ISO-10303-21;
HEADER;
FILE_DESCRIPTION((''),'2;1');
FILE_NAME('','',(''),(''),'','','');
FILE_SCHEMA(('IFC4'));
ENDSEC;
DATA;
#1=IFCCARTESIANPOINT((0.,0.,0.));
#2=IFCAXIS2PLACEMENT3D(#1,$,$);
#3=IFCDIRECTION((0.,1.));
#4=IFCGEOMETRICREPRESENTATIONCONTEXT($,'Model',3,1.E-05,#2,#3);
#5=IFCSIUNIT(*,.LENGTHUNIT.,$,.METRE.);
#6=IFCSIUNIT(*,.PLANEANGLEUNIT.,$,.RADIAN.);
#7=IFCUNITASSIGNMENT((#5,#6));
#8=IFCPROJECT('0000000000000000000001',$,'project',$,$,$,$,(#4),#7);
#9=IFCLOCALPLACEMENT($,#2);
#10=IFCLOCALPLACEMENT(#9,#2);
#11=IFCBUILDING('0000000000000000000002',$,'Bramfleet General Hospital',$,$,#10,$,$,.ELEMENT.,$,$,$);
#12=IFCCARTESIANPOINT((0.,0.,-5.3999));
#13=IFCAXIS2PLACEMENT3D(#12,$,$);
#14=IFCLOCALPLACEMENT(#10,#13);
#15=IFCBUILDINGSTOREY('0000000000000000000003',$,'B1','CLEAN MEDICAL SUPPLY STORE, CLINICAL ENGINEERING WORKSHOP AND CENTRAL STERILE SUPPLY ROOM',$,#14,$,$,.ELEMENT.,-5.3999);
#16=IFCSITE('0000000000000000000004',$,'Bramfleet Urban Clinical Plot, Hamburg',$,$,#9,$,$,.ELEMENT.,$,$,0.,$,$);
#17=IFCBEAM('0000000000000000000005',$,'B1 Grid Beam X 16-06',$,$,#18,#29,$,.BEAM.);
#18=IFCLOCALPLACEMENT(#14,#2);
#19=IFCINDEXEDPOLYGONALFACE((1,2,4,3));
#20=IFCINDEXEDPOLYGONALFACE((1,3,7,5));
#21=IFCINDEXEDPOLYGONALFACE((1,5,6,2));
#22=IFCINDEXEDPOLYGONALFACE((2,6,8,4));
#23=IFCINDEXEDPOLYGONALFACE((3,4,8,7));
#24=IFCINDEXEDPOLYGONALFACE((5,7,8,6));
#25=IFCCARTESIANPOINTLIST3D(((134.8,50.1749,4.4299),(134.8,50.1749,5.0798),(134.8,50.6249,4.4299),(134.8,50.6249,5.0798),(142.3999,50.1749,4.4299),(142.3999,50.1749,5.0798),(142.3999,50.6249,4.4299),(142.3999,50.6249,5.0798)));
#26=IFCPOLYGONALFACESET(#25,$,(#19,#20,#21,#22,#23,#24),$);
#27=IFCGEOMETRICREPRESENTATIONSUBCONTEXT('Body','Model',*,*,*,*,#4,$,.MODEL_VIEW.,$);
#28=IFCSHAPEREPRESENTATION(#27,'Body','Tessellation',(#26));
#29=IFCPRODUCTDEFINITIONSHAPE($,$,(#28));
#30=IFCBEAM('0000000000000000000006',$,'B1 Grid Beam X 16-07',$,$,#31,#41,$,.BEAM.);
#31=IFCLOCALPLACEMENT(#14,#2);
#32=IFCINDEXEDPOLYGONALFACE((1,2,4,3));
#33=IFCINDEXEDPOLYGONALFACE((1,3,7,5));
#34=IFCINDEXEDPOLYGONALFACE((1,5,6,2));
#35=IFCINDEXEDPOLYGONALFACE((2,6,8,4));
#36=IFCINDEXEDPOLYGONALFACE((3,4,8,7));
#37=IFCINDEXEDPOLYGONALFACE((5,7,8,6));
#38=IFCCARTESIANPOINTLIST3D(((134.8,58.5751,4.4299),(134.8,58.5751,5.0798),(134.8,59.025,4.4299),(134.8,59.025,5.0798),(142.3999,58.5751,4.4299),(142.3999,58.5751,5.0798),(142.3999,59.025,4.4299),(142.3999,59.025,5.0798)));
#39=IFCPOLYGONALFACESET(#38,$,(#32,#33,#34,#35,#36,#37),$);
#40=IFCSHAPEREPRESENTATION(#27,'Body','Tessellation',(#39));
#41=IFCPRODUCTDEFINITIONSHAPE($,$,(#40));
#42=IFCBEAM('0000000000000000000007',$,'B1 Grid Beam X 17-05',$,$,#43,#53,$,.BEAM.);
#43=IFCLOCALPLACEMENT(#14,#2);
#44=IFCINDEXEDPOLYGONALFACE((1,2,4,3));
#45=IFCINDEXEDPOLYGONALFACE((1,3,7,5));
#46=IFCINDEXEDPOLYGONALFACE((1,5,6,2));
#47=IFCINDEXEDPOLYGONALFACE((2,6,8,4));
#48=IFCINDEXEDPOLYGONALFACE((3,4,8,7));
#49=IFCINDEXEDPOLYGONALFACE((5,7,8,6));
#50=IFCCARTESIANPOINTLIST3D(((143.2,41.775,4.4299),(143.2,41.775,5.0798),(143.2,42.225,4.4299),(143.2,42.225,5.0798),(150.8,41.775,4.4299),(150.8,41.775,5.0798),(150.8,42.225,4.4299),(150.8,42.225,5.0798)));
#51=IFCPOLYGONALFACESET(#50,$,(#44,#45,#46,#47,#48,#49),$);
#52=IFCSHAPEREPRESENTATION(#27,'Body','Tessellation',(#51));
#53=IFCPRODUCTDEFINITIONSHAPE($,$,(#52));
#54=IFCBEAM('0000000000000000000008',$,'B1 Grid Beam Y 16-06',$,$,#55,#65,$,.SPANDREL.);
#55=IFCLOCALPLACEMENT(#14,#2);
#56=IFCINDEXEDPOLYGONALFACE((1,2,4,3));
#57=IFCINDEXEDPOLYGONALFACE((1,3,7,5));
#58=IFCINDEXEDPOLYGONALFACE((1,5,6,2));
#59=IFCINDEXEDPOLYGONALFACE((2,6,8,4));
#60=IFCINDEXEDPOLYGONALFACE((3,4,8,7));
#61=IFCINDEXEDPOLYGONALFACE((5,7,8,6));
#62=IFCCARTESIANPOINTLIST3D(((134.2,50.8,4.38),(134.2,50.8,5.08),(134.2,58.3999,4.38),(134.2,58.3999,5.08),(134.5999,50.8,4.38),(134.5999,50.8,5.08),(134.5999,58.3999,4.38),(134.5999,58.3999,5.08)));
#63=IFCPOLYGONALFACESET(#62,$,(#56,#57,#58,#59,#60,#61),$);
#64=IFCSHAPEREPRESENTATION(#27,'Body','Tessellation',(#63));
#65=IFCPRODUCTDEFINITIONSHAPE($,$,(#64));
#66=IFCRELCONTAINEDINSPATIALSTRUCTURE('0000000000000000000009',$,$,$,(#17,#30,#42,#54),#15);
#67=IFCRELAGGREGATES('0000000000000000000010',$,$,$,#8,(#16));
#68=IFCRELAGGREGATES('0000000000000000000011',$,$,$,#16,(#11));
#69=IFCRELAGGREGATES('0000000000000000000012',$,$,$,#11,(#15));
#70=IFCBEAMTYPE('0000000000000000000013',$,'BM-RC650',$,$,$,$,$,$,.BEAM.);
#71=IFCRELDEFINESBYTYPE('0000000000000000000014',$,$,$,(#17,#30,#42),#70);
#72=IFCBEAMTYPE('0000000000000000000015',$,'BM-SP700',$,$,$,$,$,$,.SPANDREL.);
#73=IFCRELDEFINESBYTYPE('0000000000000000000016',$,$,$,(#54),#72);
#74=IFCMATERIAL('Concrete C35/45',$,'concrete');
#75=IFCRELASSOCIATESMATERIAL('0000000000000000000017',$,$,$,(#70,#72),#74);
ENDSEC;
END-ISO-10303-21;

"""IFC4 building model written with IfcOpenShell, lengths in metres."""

from ifc_helpers import new_model, si_unit, direction, frame, origin, origin_2d, place, context, subcontext, project, spatial, rectangle, extrude, material, material_profile, profile_set, type_object, element, save


model = new_model("IFC4")

# Units and contexts
model_context = context("Model", 3, precision=1e-05, world=origin(), true_north=direction((0.0, 1.0)))
body_context = subcontext(model_context, "Body", "Model", "MODEL_VIEW")
ifc_project = project(units=[si_unit("LENGTHUNIT", "METRE"), si_unit("PLANEANGLEUNIT", "RADIAN")], contexts=[model_context])

# Site, building, storey
site_placement = place(None, origin())
site = spatial("IfcSite", under=ifc_project, at=site_placement, Name="Bramfleet Urban Clinical Plot, Hamburg", CompositionType="ELEMENT", RefElevation=0.0)
building_placement = place(site_placement, origin())
building = spatial("IfcBuilding", under=site, at=building_placement, Name="Bramfleet General Hospital", CompositionType="ELEMENT")
storey_placement = place(building_placement, frame((0.0, 0.0, -5.3999)))
storey = spatial("IfcBuildingStorey", under=building, at=storey_placement, Name="B1", Description="CLEAN MEDICAL SUPPLY STORE, CLINICAL ENGINEERING WORKSHOP AND CENTRAL STERILE SUPPLY ROOM", CompositionType="ELEMENT", Elevation=-5.3999)

# Shared definitions
ifc_material_1 = material(Name="Concrete C35/45", Category="concrete")

# Beams
ifc_material_profile_1 = material_profile(ifc_material_1, rectangle(XDim=0.45, YDim=0.6499, at=origin_2d()), Name="RC BM 650x450")
ifc_profile_set_1 = profile_set([ifc_material_profile_1], Name="Concrete C35/45")
beam_type_1 = type_object("IfcBeamType", Name="BM-RC650", PredefinedType="BEAM", material=ifc_profile_set_1)
for number, where, z_axis, x_axis, name in (
    (1, (134.8, 50.3999, 4.7549), (1.0, 0.0, 0.0), (0.0, 1.0, 0.0), "B1 Grid Beam X 16-06"),
    (2, (134.8, 58.8, 4.7549), (1.0, 0.0, 0.0), (0.0, 1.0, 0.0), "B1 Grid Beam X 16-07"),
):
    element("IfcBeam", number, at=place(storey_placement, frame(where, z_axis=z_axis, x_axis=x_axis)), inside=storey, type_object=beam_type_1, Name=name, PredefinedType="BEAM", context=body_context, shape_type="SweptSolid", body=[
        extrude(rectangle(XDim=0.45, YDim=0.6499, at=origin_2d()), origin(), (0.0, 0.0, 1.0), 7.5999),
    ])
beam_1_placement = place(storey_placement, frame((143.2, 42.0, 4.7549), z_axis=(1.0, 0.0, 0.0), x_axis=(0.0, 1.0, 0.0)))
element("IfcBeam", 3, at=beam_1_placement, inside=storey, type_object=beam_type_1, Name="B1 Grid Beam X 17-05", PredefinedType="BEAM", context=body_context, shape_type="SweptSolid", body=[
    extrude(rectangle(XDim=0.45, YDim=0.6499, at=origin_2d()), origin(), (0.0, 0.0, 1.0), 7.6001),
])
ifc_material_profile_2 = material_profile(ifc_material_1, rectangle(XDim=0.3999, YDim=0.7, at=origin_2d()), Name="RC SP 700x400")
ifc_profile_set_2 = profile_set([ifc_material_profile_2], Name="Concrete C35/45")
beam_type_2 = type_object("IfcBeamType", Name="BM-SP700", PredefinedType="SPANDREL", material=ifc_profile_set_2)
beam_2_placement = place(storey_placement, frame((134.3999, 50.8, 4.73), z_axis=(0.0, 1.0, 0.0), x_axis=(-1.0, 0.0, 0.0)))
element("IfcBeam", 4, at=beam_2_placement, inside=storey, type_object=beam_type_2, Name="B1 Grid Beam Y 16-06", PredefinedType="SPANDREL", context=body_context, shape_type="SweptSolid", body=[
    extrude(rectangle(XDim=0.3999, YDim=0.7, at=origin_2d()), origin(), (0.0, 0.0, 1.0), 7.5999),
])

save(model, "model.ifc")
